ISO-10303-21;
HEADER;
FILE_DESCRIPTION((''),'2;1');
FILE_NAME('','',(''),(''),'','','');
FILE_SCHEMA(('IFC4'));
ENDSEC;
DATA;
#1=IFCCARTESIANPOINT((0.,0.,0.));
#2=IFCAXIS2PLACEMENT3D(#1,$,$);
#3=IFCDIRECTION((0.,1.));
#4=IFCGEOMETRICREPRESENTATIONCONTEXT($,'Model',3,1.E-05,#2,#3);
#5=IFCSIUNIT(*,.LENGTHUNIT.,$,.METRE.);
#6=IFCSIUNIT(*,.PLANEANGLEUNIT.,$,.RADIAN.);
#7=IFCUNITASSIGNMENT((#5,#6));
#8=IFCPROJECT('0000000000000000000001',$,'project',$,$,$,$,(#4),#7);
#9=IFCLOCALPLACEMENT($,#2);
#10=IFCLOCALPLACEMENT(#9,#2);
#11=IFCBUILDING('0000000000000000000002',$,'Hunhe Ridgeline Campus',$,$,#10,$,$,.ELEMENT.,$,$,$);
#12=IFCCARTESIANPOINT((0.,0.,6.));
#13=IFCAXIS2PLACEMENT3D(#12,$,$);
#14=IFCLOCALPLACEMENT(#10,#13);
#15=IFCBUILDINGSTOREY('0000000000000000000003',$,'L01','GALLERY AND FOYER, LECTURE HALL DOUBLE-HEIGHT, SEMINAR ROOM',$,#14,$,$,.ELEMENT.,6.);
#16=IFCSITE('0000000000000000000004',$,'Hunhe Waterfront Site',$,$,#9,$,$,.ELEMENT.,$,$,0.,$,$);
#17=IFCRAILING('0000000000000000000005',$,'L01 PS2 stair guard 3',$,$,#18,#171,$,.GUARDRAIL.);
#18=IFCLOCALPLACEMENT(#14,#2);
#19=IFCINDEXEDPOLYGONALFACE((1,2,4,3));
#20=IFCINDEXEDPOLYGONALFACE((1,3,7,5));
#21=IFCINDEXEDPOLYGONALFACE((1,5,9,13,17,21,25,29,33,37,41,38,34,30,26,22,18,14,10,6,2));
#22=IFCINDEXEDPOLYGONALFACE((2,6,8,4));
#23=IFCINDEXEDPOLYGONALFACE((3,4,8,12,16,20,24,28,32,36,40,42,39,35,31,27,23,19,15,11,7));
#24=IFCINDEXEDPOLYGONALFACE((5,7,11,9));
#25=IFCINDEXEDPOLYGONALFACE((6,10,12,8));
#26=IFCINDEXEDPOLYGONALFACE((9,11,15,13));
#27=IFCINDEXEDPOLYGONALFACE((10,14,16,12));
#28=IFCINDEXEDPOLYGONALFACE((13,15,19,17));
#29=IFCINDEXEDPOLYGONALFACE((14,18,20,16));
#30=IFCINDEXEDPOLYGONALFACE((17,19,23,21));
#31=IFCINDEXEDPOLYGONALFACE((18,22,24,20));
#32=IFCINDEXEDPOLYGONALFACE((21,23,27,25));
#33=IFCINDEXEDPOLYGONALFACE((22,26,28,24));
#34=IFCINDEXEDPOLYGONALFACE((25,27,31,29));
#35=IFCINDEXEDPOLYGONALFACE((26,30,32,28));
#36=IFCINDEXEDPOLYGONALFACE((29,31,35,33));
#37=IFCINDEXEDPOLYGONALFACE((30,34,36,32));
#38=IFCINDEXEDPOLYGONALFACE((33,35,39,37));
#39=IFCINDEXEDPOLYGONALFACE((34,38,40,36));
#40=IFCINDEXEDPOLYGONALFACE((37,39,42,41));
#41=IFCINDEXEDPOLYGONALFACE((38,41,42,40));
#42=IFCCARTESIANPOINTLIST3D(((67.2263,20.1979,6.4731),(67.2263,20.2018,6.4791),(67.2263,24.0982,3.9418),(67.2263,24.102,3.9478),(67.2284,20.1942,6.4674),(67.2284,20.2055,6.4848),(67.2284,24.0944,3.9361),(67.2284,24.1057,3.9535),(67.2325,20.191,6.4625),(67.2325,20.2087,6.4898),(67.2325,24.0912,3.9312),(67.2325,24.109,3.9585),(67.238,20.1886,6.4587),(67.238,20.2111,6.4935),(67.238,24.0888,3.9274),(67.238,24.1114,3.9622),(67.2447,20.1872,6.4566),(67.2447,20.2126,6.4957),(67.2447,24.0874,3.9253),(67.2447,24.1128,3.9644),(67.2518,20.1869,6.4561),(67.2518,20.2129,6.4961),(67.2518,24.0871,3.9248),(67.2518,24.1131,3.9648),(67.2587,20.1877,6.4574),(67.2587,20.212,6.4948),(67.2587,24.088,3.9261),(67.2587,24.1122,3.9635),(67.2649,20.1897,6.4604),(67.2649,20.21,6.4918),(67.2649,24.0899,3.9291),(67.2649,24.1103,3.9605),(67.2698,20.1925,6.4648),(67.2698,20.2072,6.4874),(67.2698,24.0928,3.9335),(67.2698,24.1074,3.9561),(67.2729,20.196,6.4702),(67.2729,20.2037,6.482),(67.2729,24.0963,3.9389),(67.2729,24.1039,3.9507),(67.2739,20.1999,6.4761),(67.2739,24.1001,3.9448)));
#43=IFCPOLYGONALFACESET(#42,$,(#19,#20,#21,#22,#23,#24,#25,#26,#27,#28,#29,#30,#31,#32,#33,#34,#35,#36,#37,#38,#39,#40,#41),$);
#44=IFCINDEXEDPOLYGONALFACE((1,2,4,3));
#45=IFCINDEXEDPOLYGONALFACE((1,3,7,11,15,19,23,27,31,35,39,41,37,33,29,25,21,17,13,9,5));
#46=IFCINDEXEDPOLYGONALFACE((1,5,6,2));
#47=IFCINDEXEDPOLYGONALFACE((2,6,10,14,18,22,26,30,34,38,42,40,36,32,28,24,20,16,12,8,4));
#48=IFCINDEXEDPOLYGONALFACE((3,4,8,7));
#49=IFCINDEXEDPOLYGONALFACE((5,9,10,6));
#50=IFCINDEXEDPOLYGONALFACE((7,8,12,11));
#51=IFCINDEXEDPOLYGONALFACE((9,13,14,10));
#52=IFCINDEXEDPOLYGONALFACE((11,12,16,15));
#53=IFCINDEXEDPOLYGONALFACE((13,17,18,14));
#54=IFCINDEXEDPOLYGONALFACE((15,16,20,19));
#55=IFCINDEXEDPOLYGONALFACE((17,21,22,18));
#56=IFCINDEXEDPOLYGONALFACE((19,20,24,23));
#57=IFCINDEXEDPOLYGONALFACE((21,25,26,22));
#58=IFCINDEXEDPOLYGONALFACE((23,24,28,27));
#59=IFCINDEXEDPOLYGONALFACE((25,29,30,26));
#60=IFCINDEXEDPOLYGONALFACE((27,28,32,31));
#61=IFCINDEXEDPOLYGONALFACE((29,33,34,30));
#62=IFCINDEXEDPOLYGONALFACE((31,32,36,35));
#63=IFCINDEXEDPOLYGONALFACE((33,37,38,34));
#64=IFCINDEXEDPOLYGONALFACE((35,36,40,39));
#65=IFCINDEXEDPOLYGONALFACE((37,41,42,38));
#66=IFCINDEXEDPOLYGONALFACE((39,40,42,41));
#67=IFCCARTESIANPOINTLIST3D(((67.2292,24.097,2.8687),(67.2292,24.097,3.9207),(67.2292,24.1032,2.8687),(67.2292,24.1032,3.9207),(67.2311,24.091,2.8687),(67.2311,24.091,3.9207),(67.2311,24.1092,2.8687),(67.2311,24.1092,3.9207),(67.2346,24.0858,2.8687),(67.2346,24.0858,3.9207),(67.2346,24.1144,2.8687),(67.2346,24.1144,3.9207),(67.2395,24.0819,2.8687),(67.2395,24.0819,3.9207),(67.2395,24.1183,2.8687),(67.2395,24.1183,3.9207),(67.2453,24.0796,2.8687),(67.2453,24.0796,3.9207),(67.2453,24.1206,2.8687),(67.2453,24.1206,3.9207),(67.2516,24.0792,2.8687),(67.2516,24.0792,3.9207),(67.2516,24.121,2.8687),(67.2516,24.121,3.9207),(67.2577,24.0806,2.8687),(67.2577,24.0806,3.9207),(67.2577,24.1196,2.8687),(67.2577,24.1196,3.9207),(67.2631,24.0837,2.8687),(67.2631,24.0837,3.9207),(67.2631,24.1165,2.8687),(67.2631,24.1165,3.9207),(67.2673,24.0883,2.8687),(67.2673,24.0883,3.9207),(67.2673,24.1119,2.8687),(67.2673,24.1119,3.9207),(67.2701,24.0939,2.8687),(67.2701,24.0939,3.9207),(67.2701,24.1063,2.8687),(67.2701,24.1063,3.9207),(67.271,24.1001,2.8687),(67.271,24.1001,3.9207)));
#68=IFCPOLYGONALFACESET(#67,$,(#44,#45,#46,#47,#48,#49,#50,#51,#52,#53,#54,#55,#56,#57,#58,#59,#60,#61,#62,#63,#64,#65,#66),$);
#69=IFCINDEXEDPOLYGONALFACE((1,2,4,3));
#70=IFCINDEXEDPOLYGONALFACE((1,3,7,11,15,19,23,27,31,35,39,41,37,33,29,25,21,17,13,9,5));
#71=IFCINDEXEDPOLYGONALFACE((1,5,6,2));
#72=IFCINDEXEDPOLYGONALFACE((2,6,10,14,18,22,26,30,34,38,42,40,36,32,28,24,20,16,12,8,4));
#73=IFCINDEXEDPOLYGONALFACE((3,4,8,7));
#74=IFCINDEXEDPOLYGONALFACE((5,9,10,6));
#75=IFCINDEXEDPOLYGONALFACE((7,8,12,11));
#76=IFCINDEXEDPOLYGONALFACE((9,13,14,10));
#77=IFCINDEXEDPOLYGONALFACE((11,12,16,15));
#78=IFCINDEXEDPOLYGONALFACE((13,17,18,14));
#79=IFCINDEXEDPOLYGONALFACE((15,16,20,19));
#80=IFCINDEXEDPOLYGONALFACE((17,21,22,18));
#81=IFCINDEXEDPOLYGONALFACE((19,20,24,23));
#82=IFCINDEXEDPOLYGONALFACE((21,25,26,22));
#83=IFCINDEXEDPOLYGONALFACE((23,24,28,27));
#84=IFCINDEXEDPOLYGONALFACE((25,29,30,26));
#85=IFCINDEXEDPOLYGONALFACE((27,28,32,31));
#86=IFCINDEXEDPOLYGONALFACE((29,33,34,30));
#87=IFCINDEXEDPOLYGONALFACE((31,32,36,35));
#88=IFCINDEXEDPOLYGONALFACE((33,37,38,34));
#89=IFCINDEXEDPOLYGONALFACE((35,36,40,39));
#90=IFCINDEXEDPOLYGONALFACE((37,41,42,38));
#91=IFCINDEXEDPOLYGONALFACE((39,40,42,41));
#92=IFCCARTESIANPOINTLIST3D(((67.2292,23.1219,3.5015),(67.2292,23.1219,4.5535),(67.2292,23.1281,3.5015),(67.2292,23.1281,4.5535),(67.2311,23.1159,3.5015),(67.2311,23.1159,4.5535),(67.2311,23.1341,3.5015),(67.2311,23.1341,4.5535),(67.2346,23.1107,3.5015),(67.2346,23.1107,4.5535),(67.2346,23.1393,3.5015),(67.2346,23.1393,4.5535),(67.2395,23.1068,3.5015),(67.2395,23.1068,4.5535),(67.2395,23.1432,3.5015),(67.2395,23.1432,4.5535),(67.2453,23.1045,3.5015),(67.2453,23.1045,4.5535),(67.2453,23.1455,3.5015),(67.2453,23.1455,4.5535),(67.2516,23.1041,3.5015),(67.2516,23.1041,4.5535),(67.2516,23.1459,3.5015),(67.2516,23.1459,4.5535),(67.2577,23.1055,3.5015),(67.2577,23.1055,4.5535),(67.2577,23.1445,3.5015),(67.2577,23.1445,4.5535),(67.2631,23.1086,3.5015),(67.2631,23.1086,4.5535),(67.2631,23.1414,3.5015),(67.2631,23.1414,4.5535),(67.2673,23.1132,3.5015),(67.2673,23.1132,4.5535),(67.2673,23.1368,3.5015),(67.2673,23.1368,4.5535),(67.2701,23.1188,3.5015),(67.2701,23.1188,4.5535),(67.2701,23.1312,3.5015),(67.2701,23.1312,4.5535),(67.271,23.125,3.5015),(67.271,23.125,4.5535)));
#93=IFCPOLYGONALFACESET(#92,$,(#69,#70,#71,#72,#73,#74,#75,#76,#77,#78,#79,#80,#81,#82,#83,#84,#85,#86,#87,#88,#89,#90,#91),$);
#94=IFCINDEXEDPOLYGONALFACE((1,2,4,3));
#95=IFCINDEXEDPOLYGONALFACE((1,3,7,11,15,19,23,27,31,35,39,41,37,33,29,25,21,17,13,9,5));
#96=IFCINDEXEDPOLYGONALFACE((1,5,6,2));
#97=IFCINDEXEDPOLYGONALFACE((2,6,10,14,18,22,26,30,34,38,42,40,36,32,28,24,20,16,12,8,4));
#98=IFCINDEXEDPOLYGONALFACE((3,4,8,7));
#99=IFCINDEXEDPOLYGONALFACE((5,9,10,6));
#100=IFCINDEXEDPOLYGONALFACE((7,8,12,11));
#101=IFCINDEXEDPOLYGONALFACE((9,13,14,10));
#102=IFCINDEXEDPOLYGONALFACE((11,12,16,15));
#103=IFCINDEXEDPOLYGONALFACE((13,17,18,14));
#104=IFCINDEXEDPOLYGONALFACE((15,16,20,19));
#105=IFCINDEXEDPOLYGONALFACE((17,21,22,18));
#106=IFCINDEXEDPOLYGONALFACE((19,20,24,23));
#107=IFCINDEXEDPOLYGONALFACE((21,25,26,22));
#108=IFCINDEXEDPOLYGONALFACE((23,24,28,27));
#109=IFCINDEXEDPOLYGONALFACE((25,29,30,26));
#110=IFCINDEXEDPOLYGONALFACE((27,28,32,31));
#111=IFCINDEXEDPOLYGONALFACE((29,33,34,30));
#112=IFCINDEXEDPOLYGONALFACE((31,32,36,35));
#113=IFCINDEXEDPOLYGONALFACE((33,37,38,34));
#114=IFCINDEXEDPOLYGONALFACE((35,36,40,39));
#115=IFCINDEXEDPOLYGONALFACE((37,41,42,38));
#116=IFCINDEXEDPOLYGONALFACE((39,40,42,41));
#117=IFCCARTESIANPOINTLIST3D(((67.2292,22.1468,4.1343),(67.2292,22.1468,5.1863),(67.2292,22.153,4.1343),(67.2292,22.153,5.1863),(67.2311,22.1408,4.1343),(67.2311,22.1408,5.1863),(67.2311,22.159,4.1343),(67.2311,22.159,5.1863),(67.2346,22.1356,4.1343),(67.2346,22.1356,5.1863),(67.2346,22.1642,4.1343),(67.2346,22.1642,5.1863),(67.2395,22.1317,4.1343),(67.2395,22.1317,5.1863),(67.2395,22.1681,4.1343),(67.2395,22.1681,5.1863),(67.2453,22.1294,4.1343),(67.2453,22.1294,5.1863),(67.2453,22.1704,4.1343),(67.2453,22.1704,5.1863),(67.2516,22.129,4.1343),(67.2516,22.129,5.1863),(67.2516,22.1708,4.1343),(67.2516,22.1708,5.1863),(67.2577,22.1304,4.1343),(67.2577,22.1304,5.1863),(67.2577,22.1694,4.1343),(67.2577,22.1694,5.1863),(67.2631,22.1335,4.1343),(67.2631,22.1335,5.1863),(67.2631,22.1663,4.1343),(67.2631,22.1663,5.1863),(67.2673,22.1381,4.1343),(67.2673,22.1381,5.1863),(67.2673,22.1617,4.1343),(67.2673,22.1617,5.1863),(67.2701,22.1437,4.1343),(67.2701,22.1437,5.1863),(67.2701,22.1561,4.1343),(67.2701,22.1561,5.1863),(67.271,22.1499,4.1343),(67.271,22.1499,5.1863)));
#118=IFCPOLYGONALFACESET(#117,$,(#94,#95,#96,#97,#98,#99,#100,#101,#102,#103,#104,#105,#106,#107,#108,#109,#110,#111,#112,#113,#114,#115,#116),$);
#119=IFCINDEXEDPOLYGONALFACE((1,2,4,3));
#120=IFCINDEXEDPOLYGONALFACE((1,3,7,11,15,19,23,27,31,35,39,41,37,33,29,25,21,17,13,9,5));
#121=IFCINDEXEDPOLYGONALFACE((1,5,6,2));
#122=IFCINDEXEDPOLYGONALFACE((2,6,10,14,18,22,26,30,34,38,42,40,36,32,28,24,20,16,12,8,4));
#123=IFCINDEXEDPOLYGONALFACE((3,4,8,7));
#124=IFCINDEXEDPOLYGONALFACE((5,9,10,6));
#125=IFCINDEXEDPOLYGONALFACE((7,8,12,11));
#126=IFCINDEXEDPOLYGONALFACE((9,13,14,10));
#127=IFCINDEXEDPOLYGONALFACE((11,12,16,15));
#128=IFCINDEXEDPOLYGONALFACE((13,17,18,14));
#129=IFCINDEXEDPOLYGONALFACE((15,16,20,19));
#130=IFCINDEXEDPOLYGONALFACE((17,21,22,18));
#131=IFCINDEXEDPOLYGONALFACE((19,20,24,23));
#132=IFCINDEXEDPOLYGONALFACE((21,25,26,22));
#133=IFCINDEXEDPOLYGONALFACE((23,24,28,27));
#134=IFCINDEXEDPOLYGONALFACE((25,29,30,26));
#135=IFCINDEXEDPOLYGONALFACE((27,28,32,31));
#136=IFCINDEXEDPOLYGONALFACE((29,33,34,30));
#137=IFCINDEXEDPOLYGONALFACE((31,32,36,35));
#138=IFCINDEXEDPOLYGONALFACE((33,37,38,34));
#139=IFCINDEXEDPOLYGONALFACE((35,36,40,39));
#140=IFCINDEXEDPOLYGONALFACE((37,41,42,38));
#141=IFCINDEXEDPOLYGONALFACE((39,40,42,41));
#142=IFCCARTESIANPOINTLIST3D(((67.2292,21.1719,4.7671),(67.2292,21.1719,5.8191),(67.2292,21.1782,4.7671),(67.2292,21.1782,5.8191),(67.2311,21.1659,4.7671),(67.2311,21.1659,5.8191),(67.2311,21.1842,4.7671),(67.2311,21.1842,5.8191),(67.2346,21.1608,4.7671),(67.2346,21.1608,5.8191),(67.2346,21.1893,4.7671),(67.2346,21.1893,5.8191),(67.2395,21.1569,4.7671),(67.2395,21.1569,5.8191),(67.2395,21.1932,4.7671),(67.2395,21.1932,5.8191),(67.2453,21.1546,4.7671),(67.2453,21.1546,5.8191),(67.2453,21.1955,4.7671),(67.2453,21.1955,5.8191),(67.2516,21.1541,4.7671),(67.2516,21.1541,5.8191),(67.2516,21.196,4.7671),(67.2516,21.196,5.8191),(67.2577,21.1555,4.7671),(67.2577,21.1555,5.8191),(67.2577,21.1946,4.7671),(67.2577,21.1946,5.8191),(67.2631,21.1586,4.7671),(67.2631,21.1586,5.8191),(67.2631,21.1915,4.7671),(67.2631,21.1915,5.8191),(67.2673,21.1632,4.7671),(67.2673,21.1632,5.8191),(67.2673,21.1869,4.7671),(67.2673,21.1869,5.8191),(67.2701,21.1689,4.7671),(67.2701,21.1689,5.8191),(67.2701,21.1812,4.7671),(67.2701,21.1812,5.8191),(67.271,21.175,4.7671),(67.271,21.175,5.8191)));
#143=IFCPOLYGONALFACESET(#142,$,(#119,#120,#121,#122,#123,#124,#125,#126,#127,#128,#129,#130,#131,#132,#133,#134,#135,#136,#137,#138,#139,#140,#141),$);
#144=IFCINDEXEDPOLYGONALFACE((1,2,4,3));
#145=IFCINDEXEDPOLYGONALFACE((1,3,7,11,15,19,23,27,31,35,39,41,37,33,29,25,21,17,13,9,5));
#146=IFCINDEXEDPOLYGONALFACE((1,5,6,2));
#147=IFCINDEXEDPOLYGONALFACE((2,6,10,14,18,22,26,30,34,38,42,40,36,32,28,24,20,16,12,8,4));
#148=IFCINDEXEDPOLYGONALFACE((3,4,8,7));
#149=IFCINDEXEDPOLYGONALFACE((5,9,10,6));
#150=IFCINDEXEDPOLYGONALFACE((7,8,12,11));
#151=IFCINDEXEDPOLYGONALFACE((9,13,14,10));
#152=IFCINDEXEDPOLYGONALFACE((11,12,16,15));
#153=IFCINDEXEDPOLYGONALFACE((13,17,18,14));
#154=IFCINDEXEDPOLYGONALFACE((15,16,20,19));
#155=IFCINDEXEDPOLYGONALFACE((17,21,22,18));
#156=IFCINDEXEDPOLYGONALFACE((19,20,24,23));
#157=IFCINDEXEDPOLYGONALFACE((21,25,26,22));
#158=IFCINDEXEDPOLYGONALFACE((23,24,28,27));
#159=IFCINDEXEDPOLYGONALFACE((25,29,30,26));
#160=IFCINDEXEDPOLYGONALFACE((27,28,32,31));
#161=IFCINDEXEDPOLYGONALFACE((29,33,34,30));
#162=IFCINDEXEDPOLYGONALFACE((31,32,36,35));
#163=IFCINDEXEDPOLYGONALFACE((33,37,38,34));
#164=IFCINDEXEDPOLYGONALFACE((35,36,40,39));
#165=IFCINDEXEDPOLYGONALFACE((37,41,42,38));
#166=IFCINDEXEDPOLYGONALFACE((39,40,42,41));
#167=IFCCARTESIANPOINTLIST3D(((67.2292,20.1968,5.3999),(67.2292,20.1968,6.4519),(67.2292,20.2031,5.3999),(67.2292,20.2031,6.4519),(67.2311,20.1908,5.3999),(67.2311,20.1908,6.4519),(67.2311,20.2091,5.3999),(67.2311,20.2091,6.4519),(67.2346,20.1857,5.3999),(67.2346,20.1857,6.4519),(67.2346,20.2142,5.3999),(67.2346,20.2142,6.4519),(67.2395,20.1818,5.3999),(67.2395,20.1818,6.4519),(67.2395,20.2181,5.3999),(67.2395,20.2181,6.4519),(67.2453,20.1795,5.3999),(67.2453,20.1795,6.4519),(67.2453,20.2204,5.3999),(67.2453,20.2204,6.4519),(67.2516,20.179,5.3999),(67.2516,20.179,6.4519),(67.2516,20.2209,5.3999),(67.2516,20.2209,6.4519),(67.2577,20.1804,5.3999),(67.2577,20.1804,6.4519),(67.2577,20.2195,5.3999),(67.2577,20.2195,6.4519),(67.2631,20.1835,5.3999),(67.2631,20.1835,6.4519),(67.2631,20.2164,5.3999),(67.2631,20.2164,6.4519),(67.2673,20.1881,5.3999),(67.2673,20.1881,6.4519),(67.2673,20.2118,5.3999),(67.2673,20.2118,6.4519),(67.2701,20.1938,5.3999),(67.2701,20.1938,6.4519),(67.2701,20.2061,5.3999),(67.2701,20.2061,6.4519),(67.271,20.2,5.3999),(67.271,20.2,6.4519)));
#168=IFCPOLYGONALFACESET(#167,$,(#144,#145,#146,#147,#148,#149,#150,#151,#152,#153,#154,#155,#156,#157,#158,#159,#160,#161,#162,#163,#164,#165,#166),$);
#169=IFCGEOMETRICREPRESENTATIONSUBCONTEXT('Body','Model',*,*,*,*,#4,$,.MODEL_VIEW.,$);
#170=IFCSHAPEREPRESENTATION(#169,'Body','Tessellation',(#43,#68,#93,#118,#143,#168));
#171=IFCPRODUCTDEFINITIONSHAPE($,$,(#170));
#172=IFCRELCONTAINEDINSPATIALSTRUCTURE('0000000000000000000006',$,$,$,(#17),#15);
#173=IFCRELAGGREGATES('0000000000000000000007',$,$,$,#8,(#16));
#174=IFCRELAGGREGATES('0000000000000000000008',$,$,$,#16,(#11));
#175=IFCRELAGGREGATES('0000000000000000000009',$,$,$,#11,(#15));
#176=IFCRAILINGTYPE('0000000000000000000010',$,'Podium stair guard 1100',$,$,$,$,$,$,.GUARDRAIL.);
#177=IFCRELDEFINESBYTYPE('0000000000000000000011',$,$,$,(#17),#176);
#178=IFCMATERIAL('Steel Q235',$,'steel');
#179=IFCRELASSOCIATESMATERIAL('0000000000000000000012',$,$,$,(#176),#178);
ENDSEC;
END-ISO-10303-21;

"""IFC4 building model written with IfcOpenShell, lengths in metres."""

from ifc_helpers import new_model, si_unit, direction, frame, origin, origin_2d, place, context, subcontext, project, spatial, circle, extrude, material, type_object, element, save


model = new_model("IFC4")

# Units and contexts
model_context = context("Model", 3, precision=1e-05, world=origin(), true_north=direction((0.0, 1.0)))
body_context = subcontext(model_context, "Body", "Model", "MODEL_VIEW")
ifc_project = project(units=[si_unit("LENGTHUNIT", "METRE"), si_unit("PLANEANGLEUNIT", "RADIAN")], contexts=[model_context])

# Site, building, storey
site_placement = place(None, origin())
site = spatial("IfcSite", under=ifc_project, at=site_placement, Name="Hunhe Waterfront Site", CompositionType="ELEMENT", RefElevation=0.0)
building_placement = place(site_placement, origin())
building = spatial("IfcBuilding", under=site, at=building_placement, Name="Hunhe Ridgeline Campus", CompositionType="ELEMENT")
storey_placement = place(building_placement, frame((0.0, 0.0, 6.0)))
storey = spatial("IfcBuildingStorey", under=building, at=storey_placement, Name="L01", Description="GALLERY AND FOYER, LECTURE HALL DOUBLE-HEIGHT, SEMINAR ROOM", CompositionType="ELEMENT", Elevation=6.0)

# Shared definitions
ifc_material_1 = material(Name="Steel Q235", Category="steel")

# Railing
railing_type_1 = type_object("IfcRailingType", Name="Podium stair guard 1100", PredefinedType="GUARDRAIL", material=ifc_material_1)
railing_1_placement = place(storey_placement, frame((67.25, 24.1001, 2.8687)))
element("IfcRailing", 1, at=railing_1_placement, inside=storey, type_object=railing_type_1, Name="L01 PS2 stair guard 3", PredefinedType="GUARDRAIL", context=body_context, shape_type="SweptSolid", body=[
    extrude(circle(Radius=0.0239, at=origin_2d()), frame((0.0, 0.0, 1.0762), z_axis=(0.0, -0.838821, 0.544407), x_axis=(1.0, 0.0, 0.0)), (0.0, 0.0, 1.0), 4.6497),
    extrude(circle(Radius=0.021, at=origin_2d()), origin(), (0.0, 0.0, 1.0), 1.052),
    extrude(circle(Radius=0.021, at=origin_2d()), frame((0.0, -0.9751, 0.6328)), (0.0, 0.0, 1.0), 1.052),
    extrude(circle(Radius=0.021, at=origin_2d()), frame((0.0, -1.9502, 1.2656)), (0.0, 0.0, 1.0), 1.052),
    extrude(circle(Radius=0.021, at=origin_2d()), frame((0.0, -2.925, 1.8984)), (0.0, 0.0, 1.0), 1.052),
    extrude(circle(Radius=0.021, at=origin_2d()), frame((0.0, -3.9001, 2.5312)), (0.0, 0.0, 1.0), 1.052),
])

save(model, "model.ifc")
